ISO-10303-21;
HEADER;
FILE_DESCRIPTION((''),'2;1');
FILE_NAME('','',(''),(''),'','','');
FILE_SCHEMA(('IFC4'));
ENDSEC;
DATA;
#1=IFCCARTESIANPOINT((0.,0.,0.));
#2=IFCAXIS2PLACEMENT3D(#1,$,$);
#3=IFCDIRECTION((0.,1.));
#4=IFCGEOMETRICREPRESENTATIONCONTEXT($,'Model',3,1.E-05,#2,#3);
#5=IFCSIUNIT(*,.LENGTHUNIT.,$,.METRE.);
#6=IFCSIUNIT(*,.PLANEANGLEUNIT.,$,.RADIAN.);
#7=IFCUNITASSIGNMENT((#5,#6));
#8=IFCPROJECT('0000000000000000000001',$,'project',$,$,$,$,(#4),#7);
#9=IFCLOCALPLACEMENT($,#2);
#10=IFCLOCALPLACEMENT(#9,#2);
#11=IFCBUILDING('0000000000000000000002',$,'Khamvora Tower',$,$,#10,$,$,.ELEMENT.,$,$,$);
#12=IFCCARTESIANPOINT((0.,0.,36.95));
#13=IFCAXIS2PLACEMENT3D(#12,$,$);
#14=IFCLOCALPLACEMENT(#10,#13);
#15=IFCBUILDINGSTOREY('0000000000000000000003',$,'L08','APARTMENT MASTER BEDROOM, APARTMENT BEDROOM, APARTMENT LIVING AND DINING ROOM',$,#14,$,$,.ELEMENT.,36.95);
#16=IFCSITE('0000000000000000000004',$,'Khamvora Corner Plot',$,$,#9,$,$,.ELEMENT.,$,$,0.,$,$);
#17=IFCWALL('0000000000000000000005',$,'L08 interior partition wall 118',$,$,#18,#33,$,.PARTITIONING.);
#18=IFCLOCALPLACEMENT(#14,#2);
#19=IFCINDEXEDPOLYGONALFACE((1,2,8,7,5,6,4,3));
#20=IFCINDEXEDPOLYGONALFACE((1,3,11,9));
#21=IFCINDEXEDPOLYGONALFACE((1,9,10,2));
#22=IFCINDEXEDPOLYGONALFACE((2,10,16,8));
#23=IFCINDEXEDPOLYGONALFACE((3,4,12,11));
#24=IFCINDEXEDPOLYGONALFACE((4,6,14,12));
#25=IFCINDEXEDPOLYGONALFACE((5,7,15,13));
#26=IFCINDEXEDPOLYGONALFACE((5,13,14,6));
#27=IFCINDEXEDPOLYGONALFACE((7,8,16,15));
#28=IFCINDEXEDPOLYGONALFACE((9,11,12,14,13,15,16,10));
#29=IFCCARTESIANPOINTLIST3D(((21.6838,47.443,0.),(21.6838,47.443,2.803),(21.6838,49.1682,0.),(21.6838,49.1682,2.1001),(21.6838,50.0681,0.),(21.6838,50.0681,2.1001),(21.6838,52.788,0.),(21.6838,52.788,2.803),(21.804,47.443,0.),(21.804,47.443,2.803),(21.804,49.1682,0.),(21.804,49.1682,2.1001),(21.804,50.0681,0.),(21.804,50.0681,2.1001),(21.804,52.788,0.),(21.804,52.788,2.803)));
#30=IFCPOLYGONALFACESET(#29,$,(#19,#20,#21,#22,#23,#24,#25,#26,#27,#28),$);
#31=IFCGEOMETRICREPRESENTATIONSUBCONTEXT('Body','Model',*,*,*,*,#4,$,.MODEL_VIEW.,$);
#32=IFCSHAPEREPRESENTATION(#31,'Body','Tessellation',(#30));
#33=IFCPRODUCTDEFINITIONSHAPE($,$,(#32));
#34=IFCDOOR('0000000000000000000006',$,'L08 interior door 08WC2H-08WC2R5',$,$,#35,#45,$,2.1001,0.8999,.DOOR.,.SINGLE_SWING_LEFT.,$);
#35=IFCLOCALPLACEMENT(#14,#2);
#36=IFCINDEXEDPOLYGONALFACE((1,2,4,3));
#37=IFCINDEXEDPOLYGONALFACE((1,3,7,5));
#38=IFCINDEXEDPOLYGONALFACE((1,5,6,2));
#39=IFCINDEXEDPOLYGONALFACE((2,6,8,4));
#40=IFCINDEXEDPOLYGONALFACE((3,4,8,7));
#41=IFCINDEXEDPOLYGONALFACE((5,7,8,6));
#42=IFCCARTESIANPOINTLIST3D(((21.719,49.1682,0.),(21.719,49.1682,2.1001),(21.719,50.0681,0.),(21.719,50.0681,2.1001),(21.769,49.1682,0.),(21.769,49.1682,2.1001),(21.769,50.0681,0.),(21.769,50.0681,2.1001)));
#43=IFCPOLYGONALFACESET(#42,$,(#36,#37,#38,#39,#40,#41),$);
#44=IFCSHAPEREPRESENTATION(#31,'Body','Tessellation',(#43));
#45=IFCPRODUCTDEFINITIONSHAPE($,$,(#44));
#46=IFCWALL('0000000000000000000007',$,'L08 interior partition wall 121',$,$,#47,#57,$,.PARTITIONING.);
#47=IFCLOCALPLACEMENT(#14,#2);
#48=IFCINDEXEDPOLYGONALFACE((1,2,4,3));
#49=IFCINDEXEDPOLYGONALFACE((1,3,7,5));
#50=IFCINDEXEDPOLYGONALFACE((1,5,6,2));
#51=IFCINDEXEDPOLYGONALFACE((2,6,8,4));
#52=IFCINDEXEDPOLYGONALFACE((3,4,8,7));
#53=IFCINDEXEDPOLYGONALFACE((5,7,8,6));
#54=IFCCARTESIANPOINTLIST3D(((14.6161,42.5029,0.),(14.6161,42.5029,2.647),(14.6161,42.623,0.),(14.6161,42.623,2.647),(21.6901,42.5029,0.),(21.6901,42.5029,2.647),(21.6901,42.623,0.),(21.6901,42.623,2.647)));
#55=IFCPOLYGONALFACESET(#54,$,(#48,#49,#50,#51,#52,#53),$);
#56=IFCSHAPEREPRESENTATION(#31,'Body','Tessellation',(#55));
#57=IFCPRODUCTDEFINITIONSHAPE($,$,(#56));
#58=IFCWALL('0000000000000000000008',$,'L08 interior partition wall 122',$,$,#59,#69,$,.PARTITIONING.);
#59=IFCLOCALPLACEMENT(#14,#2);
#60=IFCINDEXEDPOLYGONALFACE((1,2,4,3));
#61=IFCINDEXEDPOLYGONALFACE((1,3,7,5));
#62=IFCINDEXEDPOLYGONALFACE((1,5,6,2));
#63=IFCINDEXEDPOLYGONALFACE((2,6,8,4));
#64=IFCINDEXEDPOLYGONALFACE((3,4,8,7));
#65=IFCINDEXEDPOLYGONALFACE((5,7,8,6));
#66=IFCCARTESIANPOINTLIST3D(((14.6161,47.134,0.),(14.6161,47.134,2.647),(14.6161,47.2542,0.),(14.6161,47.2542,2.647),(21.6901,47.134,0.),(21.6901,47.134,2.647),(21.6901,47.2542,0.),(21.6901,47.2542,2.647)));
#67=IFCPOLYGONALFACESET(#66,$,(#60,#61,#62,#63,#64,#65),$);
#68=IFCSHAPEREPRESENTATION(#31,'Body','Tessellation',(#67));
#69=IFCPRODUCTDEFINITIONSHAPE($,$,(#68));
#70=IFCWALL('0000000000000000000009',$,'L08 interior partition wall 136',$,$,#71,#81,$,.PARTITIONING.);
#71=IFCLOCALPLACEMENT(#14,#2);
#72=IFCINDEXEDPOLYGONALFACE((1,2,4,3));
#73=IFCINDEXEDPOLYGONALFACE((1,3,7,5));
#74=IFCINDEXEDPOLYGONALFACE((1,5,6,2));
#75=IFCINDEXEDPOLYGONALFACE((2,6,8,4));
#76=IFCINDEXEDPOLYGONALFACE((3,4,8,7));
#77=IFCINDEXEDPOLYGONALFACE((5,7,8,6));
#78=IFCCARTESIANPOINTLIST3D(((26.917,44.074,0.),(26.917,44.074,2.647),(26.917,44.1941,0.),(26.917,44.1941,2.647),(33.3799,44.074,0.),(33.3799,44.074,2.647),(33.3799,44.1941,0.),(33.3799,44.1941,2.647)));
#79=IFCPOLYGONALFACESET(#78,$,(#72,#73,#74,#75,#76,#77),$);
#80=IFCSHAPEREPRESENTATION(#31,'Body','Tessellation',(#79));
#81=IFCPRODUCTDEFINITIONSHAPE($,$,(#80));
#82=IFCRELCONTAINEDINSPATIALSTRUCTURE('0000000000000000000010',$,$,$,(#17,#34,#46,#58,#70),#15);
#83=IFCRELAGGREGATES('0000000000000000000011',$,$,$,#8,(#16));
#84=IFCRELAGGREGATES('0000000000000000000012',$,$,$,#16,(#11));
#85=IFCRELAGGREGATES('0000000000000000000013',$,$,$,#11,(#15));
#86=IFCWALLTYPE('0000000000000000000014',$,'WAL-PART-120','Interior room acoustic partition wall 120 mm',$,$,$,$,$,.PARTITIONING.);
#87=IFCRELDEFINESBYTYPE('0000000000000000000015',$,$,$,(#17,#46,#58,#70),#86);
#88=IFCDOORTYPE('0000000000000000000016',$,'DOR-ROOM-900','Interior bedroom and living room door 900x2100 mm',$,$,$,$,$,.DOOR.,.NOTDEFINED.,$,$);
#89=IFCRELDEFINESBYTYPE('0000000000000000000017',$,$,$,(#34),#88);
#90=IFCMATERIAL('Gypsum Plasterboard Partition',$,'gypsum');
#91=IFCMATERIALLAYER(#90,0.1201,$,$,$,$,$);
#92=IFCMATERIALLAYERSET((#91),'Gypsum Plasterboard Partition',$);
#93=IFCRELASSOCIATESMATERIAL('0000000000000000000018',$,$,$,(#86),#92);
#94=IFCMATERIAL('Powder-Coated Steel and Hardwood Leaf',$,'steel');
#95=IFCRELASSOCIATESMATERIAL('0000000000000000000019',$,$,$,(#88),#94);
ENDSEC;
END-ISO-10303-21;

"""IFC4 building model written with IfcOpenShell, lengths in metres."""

from ifc_helpers import new_model, si_unit, direction, frame, frame_2d, origin, place, context, subcontext, project, spatial, rectangle, extrude, material, layer, layer_set, type_object, element, fill, save


model = new_model("IFC4")

# Units and contexts
model_context = context("Model", 3, precision=1e-05, world=origin(), true_north=direction((0.0, 1.0)))
body_context = subcontext(model_context, "Body", "Model", "MODEL_VIEW")
ifc_project = project(units=[si_unit("LENGTHUNIT", "METRE"), si_unit("PLANEANGLEUNIT", "RADIAN")], contexts=[model_context])

# Site, building, storey
site_placement = place(None, origin())
site = spatial("IfcSite", under=ifc_project, at=site_placement, Name="Khamvora Corner Plot", CompositionType="ELEMENT", RefElevation=0.0)
building_placement = place(site_placement, origin())
building = spatial("IfcBuilding", under=site, at=building_placement, Name="Khamvora Tower", CompositionType="ELEMENT")
storey_placement = place(building_placement, frame((0.0, 0.0, 36.95)))
storey = spatial("IfcBuildingStorey", under=building, at=storey_placement, Name="L08", Description="APARTMENT MASTER BEDROOM, APARTMENT BEDROOM, APARTMENT LIVING AND DINING ROOM", CompositionType="ELEMENT", Elevation=36.95)

# Shared definitions
ifc_material_1 = material(Name="Gypsum Plasterboard Partition", Category="gypsum")
ifc_layer_1 = layer(ifc_material_1, 0.1201)
ifc_layer_set_1 = layer_set([ifc_layer_1], Name="Gypsum Plasterboard Partition")
wall_type_1 = type_object("IfcWallType", Name="WAL-PART-120", Description="Interior room acoustic partition wall 120 mm", PredefinedType="PARTITIONING", material=ifc_layer_set_1)
ifc_material_2 = material(Name="Powder-Coated Steel and Hardwood Leaf", Category="steel")
door_type = type_object("IfcDoorType", Name="DOR-ROOM-900", Description="Interior bedroom and living room door 900x2100 mm", OperationType="NOTDEFINED", PredefinedType="DOOR", material=ifc_material_2)

# Wall, opening, door
wall_1_placement = place(storey_placement, frame((21.7439, 47.4431, 0.0), z_axis=(0.0, 0.0, 1.0), x_axis=(0.0, 1.0, 0.0)))
wall_1 = element("IfcWall", 1, at=wall_1_placement, inside=storey, type_object=wall_type_1, Name="L08 interior partition wall 118", PredefinedType="PARTITIONING", context=body_context, shape_type="SweptSolid", body=[
    extrude(rectangle(XDim=5.345, YDim=0.1201, at=frame_2d((2.6724, 0.0))), origin(), (0.0, 0.0, 1.0), 2.803),
])
opening_1_placement = place(wall_1_placement, frame((1.7251, 0.0, 0.0)))
opening_1 = element("IfcOpeningElement", 2, at=opening_1_placement, cuts=wall_1, PredefinedType="OPENING", context=body_context, shape_type="SweptSolid", body=[
    extrude(rectangle(XDim=0.8999, YDim=2.1001, at=frame_2d((0.45, 1.05))), frame((0.0, 0.0701, 0.0), z_axis=(0.0, -1.0, 0.0), x_axis=(1.0, 0.0, 0.0)), (0.0, 0.0, 1.0), 0.1401),
])
door_1_placement = place(opening_1_placement, origin())
door_1 = element("IfcDoor", 3, at=door_1_placement, inside=storey, type_object=door_type, Name="L08 interior door 08WC2H-08WC2R5", OperationType="SINGLE_SWING_LEFT", OverallHeight=2.1001, OverallWidth=0.8999, PredefinedType="DOOR", context=body_context, shape_type="SweptSolid", body=[
    extrude(rectangle(XDim=0.8999, YDim=2.1001, at=frame_2d((0.45, 1.05))), frame((0.0, 0.0249, 0.0), z_axis=(0.0, -1.0, 0.0), x_axis=(1.0, 0.0, 0.0)), (0.0, 0.0, 1.0), 0.05),
])
fill(opening_1, door_1)

# Walls
for number, where, z_axis, x_axis, name in (
    (4, (14.616, 42.563, 0.0), (0.0, 0.0, 1.0), (1.0, 0.0, 0.0), "L08 interior partition wall 121"),
    (5, (14.616, 47.1941, 0.0), (0.0, 0.0, 1.0), (1.0, 0.0, 0.0), "L08 interior partition wall 122"),
):
    element("IfcWall", number, at=place(storey_placement, frame(where, z_axis=z_axis, x_axis=x_axis)), inside=storey, type_object=wall_type_1, Name=name, PredefinedType="PARTITIONING", context=body_context, shape_type="SweptSolid", body=[
        extrude(rectangle(XDim=7.074, YDim=0.1201, at=frame_2d((3.5371, 0.0))), origin(), (0.0, 0.0, 1.0), 2.647),
    ])
wall_2_placement = place(storey_placement, frame((26.917, 44.134, 0.0), z_axis=(0.0, 0.0, 1.0), x_axis=(1.0, 0.0, 0.0)))
element("IfcWall", 6, at=wall_2_placement, inside=storey, type_object=wall_type_1, Name="L08 interior partition wall 136", PredefinedType="PARTITIONING", context=body_context, shape_type="SweptSolid", body=[
    extrude(rectangle(XDim=6.4629, YDim=0.1201, at=frame_2d((3.2314, 0.0))), origin(), (0.0, 0.0, 1.0), 2.647),
])

save(model, "model.ifc")
